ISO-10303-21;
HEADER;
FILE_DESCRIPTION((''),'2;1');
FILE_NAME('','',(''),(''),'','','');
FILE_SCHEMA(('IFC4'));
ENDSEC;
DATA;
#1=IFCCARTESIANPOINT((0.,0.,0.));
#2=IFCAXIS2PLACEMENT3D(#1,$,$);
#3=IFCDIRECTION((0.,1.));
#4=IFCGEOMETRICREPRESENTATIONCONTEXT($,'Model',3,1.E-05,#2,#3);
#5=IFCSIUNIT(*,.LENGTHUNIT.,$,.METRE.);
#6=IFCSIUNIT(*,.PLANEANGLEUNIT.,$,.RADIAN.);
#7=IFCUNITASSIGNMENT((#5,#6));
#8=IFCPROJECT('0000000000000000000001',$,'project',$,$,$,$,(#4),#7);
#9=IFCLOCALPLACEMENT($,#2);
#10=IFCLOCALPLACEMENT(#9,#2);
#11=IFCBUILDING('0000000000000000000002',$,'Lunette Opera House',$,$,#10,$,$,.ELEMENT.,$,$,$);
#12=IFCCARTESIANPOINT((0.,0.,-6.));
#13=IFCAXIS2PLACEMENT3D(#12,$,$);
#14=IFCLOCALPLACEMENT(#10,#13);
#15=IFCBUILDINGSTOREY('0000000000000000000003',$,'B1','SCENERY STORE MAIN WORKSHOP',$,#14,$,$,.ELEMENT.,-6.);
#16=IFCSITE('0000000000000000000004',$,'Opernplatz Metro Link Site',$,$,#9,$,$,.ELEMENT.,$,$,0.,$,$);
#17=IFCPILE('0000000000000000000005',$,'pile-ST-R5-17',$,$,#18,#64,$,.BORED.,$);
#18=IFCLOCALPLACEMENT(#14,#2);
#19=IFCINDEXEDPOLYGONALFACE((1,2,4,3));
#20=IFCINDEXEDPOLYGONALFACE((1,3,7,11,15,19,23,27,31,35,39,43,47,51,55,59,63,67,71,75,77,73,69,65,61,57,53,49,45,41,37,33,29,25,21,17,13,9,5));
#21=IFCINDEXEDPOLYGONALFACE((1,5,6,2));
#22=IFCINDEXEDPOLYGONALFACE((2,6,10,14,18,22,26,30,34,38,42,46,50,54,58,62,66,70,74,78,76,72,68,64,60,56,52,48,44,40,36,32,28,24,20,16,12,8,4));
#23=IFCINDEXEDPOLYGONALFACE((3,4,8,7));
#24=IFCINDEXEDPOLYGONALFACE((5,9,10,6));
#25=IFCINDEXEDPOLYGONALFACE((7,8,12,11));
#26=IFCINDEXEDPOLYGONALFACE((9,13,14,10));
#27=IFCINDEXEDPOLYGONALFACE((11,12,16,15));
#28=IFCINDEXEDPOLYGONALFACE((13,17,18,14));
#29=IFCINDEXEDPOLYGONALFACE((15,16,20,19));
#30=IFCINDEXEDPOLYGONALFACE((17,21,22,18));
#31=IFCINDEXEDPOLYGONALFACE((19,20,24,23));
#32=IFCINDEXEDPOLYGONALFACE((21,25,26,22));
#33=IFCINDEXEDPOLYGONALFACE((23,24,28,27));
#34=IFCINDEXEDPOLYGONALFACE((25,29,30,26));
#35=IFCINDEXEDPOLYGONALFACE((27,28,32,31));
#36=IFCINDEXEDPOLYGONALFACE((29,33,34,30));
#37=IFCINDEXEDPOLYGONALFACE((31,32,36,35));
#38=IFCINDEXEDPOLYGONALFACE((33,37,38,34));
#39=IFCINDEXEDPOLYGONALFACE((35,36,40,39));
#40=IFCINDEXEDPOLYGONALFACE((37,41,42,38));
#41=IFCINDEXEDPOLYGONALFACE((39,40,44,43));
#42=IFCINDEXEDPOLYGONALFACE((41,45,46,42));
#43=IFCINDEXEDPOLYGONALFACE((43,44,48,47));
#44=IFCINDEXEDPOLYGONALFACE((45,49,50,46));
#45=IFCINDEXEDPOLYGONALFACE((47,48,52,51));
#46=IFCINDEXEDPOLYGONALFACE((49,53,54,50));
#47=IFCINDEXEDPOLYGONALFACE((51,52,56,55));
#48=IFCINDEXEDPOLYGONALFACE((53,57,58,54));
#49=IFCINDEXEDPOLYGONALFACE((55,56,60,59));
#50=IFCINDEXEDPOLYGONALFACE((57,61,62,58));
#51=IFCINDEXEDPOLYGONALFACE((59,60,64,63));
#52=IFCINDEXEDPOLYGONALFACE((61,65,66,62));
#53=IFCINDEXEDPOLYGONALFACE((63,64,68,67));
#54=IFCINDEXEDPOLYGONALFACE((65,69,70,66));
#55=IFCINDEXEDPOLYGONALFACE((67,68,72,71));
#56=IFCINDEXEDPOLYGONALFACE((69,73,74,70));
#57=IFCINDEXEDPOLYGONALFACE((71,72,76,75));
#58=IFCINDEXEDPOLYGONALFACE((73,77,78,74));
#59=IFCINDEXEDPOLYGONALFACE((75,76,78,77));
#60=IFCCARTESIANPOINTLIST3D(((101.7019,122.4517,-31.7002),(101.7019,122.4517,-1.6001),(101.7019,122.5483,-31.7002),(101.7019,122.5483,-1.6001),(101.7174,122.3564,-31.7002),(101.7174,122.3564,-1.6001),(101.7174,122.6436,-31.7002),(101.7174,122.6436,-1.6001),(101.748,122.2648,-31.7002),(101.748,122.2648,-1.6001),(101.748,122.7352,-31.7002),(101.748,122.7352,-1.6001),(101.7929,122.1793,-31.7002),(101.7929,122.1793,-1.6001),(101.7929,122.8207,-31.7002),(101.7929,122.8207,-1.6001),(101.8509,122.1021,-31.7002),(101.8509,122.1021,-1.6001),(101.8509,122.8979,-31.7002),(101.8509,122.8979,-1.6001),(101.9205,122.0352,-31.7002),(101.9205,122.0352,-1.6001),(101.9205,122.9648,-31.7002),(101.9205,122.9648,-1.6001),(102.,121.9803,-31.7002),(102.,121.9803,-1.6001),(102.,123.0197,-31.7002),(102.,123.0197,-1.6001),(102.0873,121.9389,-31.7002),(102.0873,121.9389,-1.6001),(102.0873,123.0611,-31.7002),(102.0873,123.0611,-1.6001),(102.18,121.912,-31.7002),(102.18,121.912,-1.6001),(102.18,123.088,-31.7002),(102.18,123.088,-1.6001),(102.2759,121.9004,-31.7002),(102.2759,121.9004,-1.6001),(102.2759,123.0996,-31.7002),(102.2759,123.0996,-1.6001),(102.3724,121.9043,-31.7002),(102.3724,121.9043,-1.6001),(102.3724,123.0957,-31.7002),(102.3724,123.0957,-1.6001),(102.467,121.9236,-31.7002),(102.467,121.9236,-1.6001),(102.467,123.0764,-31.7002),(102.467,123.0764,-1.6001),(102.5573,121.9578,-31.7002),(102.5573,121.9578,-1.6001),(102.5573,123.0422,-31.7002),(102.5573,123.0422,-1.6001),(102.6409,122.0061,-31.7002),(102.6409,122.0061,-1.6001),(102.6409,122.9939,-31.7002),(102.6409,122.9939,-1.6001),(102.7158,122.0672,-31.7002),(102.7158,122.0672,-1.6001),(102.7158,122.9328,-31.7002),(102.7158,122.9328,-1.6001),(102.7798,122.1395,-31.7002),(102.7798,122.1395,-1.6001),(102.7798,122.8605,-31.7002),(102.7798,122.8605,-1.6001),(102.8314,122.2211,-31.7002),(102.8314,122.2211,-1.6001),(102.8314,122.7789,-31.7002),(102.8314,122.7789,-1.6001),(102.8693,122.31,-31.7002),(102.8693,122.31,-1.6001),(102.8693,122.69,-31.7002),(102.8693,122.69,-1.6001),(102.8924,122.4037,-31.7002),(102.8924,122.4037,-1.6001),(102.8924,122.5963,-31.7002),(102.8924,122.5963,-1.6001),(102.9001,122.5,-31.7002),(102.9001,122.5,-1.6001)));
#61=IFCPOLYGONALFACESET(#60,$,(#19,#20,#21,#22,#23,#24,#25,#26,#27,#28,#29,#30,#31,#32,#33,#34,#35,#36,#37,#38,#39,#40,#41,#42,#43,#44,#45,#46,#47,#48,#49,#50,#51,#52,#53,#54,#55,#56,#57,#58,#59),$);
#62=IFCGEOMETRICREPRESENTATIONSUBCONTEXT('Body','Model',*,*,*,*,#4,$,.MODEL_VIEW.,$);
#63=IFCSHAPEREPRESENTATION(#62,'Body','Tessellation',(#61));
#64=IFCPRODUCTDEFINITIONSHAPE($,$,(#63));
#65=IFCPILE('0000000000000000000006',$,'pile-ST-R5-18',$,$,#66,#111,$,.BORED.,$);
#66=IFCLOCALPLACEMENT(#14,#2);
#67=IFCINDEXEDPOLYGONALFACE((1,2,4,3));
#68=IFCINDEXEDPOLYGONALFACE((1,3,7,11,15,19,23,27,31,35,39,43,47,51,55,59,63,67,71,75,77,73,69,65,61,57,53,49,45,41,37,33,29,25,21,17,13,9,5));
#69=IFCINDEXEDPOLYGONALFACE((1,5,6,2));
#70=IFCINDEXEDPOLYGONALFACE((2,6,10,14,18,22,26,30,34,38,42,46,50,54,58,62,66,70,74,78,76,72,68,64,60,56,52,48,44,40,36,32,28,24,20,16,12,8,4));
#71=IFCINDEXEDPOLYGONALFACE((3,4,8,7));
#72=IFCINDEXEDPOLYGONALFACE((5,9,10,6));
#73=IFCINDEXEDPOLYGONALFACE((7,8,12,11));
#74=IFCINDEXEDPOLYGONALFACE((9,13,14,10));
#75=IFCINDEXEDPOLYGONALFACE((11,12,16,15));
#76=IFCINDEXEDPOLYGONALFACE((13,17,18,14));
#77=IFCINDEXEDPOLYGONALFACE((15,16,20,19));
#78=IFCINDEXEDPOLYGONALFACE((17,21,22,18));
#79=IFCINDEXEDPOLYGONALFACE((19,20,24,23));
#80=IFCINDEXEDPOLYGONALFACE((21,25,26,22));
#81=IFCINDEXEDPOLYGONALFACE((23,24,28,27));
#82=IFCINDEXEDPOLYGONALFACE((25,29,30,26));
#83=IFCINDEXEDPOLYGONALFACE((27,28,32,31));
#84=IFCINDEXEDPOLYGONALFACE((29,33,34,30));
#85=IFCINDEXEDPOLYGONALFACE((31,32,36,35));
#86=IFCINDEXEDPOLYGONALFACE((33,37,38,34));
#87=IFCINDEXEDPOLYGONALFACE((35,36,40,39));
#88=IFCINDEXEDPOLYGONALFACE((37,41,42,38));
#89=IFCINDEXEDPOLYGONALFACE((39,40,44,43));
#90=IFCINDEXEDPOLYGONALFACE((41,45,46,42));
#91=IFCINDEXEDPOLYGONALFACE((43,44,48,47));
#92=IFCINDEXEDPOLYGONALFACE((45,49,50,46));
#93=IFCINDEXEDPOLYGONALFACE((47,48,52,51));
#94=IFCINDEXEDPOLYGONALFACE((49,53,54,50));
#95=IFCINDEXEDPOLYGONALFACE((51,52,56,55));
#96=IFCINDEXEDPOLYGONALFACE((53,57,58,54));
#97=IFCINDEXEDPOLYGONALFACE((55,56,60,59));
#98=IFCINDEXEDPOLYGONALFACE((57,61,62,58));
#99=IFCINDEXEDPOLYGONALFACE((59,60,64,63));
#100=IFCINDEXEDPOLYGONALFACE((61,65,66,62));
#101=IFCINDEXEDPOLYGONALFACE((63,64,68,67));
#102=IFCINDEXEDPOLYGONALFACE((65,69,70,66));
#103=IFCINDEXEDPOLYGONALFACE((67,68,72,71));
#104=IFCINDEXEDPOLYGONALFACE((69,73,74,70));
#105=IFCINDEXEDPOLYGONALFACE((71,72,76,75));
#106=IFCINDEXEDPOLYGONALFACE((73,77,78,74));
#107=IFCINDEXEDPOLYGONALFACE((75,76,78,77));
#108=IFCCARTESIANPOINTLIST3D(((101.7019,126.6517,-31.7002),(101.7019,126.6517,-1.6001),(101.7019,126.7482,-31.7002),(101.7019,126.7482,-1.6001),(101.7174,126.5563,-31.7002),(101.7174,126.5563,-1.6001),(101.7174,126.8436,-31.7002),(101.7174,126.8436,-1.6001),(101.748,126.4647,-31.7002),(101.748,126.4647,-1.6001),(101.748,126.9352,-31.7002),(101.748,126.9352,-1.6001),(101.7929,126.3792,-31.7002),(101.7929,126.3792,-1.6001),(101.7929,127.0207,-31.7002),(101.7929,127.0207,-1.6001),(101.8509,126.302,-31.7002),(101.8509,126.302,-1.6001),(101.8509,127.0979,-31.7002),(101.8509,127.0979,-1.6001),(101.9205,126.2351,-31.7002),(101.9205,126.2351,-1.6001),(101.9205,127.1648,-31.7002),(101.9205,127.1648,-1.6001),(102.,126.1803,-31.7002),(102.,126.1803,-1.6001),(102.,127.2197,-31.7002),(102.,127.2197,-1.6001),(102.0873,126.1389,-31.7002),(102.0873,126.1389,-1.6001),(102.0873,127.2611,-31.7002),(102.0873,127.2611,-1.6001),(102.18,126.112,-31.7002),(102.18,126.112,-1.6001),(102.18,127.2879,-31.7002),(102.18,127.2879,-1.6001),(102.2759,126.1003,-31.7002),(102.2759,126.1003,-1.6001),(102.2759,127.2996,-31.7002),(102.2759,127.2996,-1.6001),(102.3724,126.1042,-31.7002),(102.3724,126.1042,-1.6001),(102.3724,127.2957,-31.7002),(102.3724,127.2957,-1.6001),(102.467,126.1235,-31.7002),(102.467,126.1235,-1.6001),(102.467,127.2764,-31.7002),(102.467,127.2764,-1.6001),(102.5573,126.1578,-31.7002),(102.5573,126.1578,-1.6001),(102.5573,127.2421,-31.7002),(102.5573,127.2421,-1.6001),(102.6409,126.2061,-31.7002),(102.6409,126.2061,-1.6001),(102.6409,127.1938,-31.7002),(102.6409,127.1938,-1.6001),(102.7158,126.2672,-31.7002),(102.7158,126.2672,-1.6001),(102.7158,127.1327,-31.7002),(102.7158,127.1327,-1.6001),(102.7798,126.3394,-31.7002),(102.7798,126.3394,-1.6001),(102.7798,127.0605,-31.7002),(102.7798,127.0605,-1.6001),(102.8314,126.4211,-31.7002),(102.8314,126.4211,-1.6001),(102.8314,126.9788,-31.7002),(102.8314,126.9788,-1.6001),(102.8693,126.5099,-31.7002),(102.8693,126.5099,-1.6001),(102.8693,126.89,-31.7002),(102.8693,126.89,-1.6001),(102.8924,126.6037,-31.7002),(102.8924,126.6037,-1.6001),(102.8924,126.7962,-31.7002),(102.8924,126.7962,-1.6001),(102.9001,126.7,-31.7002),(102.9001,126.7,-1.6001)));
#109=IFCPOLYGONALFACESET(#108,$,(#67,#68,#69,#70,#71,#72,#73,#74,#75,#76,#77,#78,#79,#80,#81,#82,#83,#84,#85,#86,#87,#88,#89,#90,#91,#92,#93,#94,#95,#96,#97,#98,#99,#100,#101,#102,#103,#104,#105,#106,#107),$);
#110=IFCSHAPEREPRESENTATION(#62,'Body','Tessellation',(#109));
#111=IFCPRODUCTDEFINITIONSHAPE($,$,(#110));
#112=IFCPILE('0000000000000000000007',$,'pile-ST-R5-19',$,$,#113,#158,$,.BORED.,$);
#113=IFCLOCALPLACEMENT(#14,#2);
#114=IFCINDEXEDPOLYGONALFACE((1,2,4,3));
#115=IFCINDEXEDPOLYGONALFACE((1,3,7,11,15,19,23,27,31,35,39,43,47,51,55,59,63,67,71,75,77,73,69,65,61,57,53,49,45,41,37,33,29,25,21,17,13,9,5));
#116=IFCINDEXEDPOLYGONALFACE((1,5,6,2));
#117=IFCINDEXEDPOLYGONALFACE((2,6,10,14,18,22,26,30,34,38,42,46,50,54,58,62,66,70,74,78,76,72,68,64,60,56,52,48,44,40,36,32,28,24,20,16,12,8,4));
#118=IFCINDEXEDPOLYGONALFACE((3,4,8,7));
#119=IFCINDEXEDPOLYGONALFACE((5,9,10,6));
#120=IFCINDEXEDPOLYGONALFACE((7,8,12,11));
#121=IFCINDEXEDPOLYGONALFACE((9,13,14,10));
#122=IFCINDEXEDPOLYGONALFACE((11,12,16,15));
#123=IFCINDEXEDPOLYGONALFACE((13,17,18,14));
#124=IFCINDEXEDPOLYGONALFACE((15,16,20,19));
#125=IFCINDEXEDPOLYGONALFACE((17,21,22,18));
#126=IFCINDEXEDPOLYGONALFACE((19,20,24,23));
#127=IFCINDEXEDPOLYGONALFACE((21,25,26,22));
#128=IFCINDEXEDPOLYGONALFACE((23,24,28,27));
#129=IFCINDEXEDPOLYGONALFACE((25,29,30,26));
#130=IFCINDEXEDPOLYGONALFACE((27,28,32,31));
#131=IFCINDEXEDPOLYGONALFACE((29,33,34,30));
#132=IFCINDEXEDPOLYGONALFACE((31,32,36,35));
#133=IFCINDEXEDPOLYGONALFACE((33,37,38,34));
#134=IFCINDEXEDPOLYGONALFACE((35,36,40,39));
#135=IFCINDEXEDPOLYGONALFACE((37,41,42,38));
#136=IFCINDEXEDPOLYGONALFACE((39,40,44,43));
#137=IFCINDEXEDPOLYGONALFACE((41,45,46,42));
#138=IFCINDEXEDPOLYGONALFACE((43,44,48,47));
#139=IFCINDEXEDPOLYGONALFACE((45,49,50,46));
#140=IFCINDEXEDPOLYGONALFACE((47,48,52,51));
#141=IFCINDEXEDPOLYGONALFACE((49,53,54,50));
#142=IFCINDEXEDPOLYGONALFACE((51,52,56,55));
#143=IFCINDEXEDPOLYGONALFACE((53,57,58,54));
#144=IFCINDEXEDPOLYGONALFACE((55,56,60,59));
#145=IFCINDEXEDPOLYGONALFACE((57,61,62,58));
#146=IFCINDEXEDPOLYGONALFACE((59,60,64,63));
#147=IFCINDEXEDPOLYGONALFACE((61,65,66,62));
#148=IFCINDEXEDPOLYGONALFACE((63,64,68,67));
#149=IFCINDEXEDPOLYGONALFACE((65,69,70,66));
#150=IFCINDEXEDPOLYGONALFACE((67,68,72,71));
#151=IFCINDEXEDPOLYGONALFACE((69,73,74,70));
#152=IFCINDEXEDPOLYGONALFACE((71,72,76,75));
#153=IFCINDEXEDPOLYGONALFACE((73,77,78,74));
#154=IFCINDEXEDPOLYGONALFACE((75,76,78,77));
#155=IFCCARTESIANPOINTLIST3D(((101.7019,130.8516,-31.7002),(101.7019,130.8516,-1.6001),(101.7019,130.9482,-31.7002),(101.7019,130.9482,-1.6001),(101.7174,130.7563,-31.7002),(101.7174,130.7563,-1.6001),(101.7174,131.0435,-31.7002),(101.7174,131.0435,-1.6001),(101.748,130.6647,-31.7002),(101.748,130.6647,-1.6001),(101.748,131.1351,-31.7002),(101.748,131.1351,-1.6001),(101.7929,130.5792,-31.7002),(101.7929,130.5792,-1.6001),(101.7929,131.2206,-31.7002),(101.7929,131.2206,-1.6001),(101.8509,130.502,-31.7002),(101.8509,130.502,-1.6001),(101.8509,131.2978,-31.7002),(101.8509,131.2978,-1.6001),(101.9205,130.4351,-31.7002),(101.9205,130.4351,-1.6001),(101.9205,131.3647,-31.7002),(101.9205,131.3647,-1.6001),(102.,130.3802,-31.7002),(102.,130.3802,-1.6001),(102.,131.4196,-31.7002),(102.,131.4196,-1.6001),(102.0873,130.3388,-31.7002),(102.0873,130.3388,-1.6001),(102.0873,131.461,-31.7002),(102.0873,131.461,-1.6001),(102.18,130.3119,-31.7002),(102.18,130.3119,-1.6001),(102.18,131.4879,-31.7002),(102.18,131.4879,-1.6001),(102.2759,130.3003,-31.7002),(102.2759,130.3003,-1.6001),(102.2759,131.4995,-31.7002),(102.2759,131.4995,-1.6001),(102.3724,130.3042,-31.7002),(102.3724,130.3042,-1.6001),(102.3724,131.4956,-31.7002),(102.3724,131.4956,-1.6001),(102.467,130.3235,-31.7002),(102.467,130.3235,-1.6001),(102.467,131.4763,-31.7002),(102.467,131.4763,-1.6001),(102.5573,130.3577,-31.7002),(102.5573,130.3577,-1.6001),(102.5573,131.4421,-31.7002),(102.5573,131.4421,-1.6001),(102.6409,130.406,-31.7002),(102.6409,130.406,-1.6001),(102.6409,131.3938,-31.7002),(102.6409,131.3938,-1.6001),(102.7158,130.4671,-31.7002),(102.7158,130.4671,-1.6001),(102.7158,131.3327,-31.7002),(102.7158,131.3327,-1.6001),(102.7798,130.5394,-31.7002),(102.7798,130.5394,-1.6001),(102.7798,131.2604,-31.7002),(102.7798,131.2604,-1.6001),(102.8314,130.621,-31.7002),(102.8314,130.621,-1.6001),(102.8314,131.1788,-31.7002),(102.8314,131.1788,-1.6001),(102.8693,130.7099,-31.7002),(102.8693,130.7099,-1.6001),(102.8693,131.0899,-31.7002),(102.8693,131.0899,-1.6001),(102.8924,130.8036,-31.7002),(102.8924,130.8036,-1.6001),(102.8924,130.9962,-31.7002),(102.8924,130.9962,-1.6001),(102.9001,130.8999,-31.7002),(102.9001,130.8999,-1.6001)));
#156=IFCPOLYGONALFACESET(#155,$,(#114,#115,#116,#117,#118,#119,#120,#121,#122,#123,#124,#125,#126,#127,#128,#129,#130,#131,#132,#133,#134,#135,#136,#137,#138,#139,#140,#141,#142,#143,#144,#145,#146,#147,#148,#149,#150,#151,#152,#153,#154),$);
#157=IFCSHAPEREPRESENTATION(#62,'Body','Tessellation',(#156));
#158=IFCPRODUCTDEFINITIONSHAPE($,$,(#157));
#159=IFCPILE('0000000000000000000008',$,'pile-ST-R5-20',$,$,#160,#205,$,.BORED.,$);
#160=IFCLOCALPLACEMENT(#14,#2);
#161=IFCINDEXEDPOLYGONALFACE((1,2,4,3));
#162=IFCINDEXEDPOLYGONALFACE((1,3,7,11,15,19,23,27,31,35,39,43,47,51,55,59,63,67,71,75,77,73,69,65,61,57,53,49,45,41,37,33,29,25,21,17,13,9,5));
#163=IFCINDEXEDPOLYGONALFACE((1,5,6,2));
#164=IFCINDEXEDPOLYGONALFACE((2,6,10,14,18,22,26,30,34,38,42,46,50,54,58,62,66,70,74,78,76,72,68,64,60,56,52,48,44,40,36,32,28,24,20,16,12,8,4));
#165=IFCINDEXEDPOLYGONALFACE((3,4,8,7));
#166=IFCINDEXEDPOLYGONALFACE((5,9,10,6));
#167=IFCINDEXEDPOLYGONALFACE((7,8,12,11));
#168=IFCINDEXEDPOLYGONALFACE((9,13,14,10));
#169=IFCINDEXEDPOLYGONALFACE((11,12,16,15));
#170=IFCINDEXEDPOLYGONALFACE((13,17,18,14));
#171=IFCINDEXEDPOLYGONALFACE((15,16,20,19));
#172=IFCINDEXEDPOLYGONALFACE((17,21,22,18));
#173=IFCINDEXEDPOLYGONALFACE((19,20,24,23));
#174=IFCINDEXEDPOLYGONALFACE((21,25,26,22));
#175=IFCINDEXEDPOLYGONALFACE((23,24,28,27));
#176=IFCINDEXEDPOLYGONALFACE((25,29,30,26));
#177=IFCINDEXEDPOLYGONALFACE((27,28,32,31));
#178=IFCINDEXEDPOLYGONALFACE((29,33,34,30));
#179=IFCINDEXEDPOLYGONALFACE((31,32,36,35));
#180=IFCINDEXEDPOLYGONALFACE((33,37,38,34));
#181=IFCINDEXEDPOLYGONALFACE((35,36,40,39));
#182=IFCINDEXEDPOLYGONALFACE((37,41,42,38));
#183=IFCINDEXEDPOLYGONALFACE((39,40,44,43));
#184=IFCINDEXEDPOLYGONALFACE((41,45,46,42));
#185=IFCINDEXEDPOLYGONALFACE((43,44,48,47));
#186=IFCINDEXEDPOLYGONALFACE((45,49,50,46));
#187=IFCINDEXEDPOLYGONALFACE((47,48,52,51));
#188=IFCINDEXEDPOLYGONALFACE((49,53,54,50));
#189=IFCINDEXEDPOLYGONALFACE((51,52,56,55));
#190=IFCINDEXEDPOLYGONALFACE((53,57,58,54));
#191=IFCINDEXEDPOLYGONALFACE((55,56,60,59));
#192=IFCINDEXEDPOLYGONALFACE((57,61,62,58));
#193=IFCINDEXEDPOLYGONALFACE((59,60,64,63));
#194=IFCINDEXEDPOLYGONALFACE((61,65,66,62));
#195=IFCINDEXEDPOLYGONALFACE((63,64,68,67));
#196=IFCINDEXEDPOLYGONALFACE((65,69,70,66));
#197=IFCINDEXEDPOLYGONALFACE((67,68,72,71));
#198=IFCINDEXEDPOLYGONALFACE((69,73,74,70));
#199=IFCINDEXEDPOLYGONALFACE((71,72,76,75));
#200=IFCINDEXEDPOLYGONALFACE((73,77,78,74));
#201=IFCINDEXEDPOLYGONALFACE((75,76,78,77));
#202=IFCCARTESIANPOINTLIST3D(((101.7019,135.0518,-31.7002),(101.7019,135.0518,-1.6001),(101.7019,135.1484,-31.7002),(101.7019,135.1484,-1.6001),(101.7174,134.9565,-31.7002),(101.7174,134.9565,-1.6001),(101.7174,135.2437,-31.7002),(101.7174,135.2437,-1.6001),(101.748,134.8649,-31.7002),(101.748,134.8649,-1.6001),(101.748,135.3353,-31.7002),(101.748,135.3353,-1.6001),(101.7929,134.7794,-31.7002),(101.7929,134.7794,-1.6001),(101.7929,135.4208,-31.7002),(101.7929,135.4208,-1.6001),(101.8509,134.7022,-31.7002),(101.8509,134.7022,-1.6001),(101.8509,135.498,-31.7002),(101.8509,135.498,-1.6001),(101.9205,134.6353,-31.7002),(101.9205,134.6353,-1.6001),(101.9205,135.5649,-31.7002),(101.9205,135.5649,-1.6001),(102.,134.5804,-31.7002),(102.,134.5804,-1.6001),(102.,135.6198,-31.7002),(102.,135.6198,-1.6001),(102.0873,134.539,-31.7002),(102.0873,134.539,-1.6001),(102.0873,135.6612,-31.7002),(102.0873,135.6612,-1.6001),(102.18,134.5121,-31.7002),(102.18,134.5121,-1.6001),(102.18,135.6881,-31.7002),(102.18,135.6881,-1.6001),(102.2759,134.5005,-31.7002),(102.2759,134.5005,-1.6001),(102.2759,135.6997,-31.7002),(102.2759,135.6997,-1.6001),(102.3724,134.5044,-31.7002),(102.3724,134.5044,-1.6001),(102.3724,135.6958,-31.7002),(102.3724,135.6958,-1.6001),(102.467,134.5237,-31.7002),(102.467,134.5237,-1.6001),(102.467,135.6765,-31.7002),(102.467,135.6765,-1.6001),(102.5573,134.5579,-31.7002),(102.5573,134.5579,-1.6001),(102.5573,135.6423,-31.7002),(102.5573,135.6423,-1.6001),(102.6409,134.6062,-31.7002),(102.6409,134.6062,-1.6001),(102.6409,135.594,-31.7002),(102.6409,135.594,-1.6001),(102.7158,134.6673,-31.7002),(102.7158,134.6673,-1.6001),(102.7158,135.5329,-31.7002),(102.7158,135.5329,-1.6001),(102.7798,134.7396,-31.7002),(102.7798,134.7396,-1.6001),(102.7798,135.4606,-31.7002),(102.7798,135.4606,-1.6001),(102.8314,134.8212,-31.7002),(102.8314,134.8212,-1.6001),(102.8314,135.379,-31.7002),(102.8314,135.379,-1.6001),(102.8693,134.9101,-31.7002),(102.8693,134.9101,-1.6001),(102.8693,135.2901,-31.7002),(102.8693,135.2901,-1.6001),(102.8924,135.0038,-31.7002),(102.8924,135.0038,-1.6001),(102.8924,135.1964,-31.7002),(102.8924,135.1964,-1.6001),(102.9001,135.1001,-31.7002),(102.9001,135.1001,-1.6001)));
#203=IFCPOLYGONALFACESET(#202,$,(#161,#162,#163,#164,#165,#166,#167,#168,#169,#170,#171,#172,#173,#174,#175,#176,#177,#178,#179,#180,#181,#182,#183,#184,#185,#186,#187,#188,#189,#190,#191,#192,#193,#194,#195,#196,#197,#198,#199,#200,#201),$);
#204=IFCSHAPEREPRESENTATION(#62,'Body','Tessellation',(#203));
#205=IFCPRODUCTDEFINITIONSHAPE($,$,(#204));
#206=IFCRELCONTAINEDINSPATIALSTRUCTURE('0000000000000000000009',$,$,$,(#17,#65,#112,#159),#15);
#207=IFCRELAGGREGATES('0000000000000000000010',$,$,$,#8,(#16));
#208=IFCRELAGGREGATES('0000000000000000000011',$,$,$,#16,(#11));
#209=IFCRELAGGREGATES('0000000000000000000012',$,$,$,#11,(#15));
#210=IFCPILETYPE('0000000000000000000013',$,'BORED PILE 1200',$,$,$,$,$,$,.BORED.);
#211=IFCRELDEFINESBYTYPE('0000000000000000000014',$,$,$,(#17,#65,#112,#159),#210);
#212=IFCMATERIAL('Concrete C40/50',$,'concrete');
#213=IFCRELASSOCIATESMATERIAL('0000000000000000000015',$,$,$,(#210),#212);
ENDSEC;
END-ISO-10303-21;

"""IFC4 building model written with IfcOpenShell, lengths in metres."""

from ifc_helpers import new_model, si_unit, direction, frame, origin, origin_2d, place, context, subcontext, project, spatial, circle, extrude, material, material_profile, profile_set, type_object, element, save


model = new_model("IFC4")

# Units and contexts
model_context = context("Model", 3, precision=1e-05, world=origin(), true_north=direction((0.0, 1.0)))
body_context = subcontext(model_context, "Body", "Model", "MODEL_VIEW")
ifc_project = project(units=[si_unit("LENGTHUNIT", "METRE"), si_unit("PLANEANGLEUNIT", "RADIAN")], contexts=[model_context])

# Site, building, storey
site_placement = place(None, origin())
site = spatial("IfcSite", under=ifc_project, at=site_placement, Name="Opernplatz Metro Link Site", CompositionType="ELEMENT", RefElevation=0.0)
building_placement = place(site_placement, origin())
building = spatial("IfcBuilding", under=site, at=building_placement, Name="Lunette Opera House", CompositionType="ELEMENT")
storey_placement = place(building_placement, frame((0.0, 0.0, -6.0)))
storey = spatial("IfcBuildingStorey", under=building, at=storey_placement, Name="B1", Description="SCENERY STORE MAIN WORKSHOP", CompositionType="ELEMENT", Elevation=-6.0)

# Piles
ifc_material_1 = material(Name="Concrete C40/50", Category="concrete")
ifc_material_profile = material_profile(ifc_material_1, circle(Radius=0.6001, at=origin_2d()), Name="BORED PILE 1200")
ifc_profile_set = profile_set([ifc_material_profile], Name="Concrete C40/50")
pile_type = type_object("IfcPileType", Name="BORED PILE 1200", PredefinedType="BORED", material=ifc_profile_set)
for number, where, z_axis, x_axis, name in (
    (1, (102.3, 122.5, -1.6001), (0.0, 0.0, -1.0), (1.0, 0.0, 0.0), "pile-ST-R5-17"),
    (2, (102.3, 126.7, -1.6001), (0.0, 0.0, -1.0), (1.0, 0.0, 0.0), "pile-ST-R5-18"),
    (3, (102.3, 130.8999, -1.6001), (0.0, 0.0, -1.0), (1.0, 0.0, 0.0), "pile-ST-R5-19"),
    (4, (102.3, 135.1001, -1.6001), (0.0, 0.0, -1.0), (1.0, 0.0, 0.0), "pile-ST-R5-20"),
):
    element("IfcPile", number, at=place(storey_placement, frame(where, z_axis=z_axis, x_axis=x_axis)), inside=storey, type_object=pile_type, Name=name, PredefinedType="BORED", context=body_context, shape_type="SweptSolid", body=[
        extrude(circle(Radius=0.6001, at=origin_2d()), origin(), (0.0, 0.0, 1.0), 30.1001),
    ])

save(model, "model.ifc")
